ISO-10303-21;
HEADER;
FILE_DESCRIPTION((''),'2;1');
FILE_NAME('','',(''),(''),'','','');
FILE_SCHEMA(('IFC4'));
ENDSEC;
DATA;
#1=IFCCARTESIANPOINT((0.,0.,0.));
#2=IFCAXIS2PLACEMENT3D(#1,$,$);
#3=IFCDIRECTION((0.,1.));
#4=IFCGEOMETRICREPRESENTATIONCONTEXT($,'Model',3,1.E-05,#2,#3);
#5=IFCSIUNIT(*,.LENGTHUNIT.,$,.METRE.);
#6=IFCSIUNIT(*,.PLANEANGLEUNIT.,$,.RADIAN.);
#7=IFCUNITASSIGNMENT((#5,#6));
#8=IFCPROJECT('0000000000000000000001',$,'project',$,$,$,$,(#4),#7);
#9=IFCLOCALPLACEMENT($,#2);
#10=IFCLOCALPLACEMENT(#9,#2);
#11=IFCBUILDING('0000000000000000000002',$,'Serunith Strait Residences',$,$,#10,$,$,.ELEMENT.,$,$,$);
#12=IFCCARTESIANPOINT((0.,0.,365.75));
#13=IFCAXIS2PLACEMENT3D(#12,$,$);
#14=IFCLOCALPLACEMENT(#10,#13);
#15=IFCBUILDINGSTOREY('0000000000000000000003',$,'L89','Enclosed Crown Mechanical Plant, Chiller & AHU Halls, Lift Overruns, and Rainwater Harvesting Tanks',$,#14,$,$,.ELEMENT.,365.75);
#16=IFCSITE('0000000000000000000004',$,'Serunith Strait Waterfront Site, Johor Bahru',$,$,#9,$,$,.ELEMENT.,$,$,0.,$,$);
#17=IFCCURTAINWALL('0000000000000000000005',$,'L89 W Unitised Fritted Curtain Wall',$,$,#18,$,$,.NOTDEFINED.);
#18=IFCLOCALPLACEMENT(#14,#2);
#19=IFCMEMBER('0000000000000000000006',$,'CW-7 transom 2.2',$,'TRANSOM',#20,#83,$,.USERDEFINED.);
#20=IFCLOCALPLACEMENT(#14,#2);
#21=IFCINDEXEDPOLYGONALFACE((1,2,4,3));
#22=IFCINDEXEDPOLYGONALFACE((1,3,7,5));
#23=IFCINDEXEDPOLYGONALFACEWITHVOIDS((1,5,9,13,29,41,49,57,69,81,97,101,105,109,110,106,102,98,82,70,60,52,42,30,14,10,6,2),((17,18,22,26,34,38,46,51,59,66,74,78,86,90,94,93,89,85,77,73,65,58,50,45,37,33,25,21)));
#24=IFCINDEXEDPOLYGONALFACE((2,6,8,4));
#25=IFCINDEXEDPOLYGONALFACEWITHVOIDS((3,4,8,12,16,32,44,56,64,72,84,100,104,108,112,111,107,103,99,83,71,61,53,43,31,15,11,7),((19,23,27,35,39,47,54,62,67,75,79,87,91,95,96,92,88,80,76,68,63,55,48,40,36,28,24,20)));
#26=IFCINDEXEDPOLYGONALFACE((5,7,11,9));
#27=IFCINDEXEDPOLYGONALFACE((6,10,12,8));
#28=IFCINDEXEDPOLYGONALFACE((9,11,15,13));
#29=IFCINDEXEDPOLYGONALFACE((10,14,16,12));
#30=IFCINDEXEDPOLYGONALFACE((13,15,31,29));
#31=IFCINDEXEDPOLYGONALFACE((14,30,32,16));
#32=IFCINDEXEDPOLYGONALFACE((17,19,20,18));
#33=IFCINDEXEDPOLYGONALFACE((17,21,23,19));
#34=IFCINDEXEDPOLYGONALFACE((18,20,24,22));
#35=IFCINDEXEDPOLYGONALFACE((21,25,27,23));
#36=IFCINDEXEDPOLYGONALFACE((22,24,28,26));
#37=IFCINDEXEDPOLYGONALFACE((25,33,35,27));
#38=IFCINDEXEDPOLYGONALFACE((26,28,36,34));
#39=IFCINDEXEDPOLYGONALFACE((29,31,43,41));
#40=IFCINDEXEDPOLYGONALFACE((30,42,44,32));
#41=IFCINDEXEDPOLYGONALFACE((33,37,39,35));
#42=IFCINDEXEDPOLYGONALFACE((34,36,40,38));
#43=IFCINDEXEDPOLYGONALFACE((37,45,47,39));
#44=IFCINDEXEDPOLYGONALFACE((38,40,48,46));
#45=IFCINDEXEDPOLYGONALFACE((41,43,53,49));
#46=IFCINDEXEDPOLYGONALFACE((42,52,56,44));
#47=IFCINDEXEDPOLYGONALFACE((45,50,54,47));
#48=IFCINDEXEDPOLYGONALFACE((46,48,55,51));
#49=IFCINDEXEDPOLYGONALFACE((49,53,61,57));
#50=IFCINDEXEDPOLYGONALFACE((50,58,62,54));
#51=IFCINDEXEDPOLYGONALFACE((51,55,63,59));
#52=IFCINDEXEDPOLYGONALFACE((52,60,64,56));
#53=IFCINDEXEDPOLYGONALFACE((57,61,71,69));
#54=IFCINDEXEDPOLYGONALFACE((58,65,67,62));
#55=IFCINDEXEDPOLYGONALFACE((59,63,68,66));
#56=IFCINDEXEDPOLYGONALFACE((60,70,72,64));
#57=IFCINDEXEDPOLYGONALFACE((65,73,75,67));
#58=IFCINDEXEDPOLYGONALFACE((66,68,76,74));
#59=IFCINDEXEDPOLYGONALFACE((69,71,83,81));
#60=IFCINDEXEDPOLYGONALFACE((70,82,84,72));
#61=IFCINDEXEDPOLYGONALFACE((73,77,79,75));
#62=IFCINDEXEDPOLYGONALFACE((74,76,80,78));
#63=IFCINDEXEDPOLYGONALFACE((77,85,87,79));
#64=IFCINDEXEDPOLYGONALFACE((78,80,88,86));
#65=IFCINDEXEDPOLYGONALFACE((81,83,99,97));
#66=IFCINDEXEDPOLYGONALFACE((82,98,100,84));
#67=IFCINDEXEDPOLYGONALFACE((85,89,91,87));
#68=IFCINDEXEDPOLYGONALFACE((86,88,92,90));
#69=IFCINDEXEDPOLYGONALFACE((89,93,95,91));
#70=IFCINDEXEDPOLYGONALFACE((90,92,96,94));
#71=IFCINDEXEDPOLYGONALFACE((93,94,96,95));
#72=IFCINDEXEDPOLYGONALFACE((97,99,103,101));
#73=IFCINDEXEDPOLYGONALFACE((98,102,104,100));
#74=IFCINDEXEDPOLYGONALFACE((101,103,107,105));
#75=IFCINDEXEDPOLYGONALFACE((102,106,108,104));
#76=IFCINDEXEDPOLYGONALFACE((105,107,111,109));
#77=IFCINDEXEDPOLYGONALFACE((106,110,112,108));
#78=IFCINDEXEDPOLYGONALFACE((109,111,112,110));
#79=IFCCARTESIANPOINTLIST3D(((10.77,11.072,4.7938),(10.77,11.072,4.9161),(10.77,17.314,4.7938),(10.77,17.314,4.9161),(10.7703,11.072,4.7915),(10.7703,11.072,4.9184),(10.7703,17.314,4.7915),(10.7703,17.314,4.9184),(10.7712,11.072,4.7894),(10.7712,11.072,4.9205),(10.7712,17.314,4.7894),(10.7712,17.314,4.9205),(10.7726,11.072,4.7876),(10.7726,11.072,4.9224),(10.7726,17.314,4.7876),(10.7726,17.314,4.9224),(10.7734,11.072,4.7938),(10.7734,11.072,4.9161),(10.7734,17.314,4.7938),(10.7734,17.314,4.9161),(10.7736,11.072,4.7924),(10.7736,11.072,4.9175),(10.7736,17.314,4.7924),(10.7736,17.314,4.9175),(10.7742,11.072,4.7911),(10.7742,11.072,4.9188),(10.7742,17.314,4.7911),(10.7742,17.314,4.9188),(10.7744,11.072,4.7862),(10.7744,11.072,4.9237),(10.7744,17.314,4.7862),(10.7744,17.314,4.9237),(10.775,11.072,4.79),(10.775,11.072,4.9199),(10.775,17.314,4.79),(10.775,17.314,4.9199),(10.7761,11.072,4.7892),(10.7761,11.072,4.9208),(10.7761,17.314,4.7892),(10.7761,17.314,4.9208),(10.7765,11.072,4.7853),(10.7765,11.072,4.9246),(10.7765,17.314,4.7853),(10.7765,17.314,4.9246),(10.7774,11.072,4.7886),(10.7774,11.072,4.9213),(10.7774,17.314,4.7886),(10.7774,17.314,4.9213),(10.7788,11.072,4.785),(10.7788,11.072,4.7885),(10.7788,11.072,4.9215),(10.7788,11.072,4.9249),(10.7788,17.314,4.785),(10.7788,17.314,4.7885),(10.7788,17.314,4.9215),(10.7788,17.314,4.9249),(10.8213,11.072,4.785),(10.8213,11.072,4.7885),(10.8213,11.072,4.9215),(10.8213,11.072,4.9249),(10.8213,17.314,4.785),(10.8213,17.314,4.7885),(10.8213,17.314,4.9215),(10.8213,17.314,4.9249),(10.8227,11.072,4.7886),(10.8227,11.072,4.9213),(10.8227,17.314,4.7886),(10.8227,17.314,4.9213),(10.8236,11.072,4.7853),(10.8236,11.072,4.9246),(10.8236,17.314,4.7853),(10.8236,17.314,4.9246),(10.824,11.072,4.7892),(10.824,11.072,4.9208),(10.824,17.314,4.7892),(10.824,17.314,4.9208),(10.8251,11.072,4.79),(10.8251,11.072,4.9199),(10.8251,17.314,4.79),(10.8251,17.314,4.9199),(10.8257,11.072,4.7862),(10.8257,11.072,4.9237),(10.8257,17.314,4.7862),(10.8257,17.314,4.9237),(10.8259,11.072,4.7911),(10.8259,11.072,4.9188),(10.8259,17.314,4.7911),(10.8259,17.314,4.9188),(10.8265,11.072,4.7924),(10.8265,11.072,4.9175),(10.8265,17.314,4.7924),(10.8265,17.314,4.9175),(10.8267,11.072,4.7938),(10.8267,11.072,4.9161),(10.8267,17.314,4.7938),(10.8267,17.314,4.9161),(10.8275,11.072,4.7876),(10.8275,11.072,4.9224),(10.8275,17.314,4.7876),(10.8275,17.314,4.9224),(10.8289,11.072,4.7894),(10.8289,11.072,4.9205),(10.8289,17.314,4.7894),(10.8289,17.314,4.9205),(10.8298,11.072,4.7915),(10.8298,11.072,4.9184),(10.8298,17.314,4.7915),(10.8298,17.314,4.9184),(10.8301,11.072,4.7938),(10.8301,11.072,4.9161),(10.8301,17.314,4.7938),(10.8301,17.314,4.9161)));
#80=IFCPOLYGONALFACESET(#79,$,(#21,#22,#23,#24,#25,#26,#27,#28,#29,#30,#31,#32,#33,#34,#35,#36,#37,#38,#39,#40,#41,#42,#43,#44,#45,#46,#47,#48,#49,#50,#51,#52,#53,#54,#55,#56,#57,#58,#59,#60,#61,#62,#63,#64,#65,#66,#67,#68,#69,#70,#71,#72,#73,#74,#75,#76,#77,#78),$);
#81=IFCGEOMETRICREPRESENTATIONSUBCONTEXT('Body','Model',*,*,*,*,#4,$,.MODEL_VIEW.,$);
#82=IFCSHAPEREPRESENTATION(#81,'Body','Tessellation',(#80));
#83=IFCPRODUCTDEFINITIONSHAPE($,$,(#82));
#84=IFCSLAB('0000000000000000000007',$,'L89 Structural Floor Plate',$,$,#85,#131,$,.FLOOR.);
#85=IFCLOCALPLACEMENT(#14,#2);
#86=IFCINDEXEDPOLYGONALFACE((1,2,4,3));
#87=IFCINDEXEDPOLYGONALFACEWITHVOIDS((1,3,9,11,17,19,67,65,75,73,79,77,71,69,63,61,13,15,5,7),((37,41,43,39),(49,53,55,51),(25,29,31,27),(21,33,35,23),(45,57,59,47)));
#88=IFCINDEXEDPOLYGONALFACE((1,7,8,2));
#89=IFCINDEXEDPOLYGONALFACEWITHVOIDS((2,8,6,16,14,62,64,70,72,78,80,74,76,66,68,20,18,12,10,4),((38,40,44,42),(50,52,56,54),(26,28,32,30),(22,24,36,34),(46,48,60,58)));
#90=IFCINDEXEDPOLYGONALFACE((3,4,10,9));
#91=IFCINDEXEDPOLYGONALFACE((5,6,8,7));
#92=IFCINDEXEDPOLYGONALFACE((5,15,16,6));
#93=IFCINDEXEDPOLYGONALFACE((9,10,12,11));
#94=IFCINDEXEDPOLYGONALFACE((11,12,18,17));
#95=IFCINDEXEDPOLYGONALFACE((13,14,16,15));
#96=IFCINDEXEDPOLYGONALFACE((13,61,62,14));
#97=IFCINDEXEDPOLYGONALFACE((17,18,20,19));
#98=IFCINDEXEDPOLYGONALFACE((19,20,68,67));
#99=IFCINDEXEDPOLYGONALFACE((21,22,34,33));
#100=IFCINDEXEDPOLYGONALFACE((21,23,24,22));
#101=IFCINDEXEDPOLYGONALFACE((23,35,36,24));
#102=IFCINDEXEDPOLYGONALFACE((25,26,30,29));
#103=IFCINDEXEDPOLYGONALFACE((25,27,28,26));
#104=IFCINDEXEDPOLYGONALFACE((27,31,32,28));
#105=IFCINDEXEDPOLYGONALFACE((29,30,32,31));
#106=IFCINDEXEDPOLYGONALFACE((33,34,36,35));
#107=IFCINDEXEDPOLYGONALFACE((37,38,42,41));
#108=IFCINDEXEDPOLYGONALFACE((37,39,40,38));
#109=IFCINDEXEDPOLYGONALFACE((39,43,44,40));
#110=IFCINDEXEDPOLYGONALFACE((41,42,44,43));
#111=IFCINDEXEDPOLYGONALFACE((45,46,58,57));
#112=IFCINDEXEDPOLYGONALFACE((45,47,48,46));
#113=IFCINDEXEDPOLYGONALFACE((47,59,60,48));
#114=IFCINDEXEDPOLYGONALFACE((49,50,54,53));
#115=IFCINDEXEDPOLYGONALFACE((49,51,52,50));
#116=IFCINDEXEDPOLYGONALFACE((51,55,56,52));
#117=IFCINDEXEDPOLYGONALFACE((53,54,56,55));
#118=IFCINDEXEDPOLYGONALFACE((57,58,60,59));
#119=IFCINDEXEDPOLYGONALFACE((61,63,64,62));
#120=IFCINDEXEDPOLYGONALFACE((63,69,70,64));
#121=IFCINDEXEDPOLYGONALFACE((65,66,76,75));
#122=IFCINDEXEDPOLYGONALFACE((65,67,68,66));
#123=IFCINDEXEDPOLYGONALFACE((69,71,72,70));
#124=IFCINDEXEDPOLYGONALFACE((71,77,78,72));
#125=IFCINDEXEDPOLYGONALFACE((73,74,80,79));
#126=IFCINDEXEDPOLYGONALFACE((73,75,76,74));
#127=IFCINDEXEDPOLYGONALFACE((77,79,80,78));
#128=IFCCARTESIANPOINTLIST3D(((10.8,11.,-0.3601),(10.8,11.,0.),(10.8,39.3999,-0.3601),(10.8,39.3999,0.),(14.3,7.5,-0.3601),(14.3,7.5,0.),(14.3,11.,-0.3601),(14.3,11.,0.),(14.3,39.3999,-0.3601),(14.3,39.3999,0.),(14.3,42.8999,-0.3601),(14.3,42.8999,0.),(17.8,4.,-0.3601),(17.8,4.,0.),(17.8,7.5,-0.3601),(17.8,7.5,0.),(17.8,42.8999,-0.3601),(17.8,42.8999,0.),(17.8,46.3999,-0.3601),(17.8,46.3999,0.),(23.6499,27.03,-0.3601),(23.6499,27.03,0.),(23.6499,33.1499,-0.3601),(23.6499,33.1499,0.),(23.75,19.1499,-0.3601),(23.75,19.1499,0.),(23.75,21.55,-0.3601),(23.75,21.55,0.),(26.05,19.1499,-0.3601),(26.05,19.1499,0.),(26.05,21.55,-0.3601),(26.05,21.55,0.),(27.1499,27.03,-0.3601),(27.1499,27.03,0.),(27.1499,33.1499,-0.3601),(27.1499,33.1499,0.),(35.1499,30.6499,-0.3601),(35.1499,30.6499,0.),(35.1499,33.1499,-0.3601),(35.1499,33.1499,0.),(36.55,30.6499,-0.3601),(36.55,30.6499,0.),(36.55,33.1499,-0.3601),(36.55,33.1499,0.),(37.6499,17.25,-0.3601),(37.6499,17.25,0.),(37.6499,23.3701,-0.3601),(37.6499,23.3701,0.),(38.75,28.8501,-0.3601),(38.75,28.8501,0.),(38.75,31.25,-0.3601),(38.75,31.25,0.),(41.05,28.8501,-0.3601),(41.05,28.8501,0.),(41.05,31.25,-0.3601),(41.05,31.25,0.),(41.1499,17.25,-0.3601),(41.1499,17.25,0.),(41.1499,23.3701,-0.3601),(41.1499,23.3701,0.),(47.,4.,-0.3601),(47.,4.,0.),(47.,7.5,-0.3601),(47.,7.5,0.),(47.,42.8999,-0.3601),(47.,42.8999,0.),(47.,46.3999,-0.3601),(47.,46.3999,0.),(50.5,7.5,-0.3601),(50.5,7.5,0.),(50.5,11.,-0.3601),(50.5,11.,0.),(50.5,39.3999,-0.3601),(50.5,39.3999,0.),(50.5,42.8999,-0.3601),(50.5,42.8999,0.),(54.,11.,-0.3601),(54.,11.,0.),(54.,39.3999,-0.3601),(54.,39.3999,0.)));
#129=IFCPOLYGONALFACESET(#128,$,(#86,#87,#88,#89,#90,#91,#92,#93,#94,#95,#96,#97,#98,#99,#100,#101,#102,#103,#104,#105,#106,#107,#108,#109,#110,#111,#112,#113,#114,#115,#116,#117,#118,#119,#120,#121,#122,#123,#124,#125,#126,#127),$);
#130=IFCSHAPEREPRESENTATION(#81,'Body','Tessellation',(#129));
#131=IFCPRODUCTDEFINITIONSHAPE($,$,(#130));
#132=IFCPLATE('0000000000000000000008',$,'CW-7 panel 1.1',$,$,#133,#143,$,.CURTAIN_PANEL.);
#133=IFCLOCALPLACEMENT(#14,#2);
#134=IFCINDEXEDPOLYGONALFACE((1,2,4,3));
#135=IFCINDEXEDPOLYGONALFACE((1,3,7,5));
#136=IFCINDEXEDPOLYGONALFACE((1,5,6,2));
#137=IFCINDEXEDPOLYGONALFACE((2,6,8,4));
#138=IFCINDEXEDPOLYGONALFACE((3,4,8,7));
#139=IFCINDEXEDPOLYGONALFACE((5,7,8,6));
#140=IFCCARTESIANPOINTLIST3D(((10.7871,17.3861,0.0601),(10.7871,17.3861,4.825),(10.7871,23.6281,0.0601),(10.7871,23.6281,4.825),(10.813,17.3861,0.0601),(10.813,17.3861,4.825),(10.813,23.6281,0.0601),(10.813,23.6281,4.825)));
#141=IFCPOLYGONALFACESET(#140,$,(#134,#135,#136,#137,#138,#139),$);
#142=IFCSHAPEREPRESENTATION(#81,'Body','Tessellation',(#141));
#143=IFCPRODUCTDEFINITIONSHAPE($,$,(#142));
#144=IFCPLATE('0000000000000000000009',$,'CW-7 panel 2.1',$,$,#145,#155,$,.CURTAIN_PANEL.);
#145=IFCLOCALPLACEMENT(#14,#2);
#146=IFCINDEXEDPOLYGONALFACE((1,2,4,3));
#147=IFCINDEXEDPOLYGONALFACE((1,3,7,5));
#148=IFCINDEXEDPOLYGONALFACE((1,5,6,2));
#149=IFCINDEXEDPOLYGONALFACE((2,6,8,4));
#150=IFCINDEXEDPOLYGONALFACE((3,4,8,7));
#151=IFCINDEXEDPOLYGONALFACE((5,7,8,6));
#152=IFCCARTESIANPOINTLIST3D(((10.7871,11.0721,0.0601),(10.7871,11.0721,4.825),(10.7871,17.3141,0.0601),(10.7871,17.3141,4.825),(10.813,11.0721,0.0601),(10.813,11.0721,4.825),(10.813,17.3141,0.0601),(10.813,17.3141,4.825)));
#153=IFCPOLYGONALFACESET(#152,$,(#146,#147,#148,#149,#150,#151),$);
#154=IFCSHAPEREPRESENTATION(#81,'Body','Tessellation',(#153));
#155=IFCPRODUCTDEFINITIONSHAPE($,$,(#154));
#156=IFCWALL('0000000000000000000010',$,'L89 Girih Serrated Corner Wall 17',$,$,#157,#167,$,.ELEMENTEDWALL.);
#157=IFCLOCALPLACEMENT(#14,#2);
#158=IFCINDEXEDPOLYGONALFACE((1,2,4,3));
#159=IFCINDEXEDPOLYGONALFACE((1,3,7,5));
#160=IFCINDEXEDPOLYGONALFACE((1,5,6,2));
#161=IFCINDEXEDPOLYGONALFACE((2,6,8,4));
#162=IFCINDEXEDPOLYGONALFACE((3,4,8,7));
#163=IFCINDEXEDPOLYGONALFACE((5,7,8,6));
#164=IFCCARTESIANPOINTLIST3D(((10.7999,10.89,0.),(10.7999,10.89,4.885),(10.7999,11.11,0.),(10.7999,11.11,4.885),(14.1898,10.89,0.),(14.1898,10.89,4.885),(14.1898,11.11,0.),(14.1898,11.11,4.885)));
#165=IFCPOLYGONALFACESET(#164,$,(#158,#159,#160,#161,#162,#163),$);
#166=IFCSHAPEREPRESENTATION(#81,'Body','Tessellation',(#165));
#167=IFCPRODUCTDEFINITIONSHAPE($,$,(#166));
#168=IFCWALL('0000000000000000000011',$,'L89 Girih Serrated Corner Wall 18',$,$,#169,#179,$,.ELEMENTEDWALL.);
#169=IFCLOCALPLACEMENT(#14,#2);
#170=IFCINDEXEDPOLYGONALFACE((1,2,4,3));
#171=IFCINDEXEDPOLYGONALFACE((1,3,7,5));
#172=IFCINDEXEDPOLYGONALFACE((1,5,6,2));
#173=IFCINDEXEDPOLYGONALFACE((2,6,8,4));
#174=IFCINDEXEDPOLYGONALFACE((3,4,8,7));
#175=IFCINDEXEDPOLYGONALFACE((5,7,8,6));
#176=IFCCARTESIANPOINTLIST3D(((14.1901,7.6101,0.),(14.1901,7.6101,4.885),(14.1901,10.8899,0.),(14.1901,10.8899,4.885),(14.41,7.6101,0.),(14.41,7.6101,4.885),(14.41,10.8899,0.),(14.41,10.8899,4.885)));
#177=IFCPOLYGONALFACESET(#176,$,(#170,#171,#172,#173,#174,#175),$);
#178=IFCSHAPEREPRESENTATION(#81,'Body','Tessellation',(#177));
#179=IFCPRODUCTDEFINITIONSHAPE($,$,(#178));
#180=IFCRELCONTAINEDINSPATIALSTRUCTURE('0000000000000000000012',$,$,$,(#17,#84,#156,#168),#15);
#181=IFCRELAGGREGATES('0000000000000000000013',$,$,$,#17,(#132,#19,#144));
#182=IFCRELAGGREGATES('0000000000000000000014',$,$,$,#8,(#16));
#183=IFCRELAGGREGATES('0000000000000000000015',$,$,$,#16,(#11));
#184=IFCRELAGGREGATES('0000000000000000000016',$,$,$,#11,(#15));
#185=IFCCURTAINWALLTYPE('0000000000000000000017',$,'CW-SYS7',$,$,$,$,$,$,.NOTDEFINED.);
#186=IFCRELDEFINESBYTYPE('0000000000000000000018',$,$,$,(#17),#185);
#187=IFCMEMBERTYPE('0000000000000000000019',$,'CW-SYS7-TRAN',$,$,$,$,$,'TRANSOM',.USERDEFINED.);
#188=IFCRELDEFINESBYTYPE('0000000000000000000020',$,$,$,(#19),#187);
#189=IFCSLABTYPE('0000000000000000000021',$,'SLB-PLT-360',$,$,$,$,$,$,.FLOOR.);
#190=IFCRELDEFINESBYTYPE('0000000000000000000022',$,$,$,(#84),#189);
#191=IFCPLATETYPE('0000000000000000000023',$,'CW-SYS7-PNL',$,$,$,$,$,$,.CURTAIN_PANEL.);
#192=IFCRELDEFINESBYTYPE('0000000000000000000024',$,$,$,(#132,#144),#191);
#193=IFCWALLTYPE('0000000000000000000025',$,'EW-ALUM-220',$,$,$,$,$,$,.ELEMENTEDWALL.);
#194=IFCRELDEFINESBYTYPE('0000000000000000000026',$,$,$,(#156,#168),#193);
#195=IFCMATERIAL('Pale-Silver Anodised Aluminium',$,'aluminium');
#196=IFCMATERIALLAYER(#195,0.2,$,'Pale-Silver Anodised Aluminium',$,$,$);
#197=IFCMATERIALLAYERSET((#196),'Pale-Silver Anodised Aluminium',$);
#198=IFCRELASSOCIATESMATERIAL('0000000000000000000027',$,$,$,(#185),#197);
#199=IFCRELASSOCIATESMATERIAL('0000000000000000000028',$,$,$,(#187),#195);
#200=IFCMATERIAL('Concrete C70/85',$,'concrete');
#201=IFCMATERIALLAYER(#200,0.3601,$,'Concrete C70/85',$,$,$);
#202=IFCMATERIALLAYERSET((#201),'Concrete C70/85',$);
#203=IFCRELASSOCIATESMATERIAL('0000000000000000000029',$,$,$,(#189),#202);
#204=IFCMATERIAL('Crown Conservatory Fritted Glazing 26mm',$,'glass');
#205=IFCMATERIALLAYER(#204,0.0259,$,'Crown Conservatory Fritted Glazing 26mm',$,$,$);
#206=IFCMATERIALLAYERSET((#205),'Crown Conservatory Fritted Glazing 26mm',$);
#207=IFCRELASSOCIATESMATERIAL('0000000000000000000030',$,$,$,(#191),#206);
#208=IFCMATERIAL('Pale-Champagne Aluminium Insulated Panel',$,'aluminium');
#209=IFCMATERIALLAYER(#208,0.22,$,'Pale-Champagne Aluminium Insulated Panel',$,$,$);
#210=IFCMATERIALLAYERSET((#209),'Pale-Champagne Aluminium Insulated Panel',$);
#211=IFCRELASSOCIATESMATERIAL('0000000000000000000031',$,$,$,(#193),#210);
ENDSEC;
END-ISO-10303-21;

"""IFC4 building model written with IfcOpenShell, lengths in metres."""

from ifc_helpers import new_model, si_unit, direction, frame, frame_2d, origin, origin_2d, place, context, subcontext, project, spatial, polyline, rectangle, hollow_rectangle, outline, extrude, source, transform, mapped, material, layer, layer_set, material_profile, profile_set, type_object, element, aggregate, save


model = new_model("IFC4")

# Units and contexts
model_context = context("Model", 3, precision=1e-05, world=origin(), true_north=direction((0.0, 1.0)))
body_context = subcontext(model_context, "Body", "Model", "MODEL_VIEW")
ifc_project = project(units=[si_unit("LENGTHUNIT", "METRE"), si_unit("PLANEANGLEUNIT", "RADIAN")], contexts=[model_context])

# Site, building, storey
site_placement = place(None, origin())
site = spatial("IfcSite", under=ifc_project, at=site_placement, Name="Serunith Strait Waterfront Site, Johor Bahru", CompositionType="ELEMENT", RefElevation=0.0)
building_placement = place(site_placement, origin())
building = spatial("IfcBuilding", under=site, at=building_placement, Name="Serunith Strait Residences", CompositionType="ELEMENT")
storey_placement = place(building_placement, frame((0.0, 0.0, 365.75)))
storey = spatial("IfcBuildingStorey", under=building, at=storey_placement, Name="L89", Description="Enclosed Crown Mechanical Plant, Chiller & AHU Halls, Lift Overruns, and Rainwater Harvesting Tanks", CompositionType="ELEMENT", Elevation=365.75)

# Shared definitions
ifc_material_1 = material(Name="Pale-Silver Anodised Aluminium", Category="aluminium")
ifc_layer_1 = layer(ifc_material_1, 0.2, Name="Pale-Silver Anodised Aluminium")
ifc_layer_set_1 = layer_set([ifc_layer_1], Name="Pale-Silver Anodised Aluminium")
curtain_wall_type = type_object("IfcCurtainWallType", Name="CW-SYS7", PredefinedType="NOTDEFINED", material=ifc_layer_set_1)

# Curtain wall
curtain_wall_1_placement = place(storey_placement, origin())
curtain_wall_1 = element("IfcCurtainWall", 1, at=curtain_wall_1_placement, inside=storey, type_object=curtain_wall_type, Name="L89 W Unitised Fritted Curtain Wall", PredefinedType="NOTDEFINED")

# Member
ifc_material_profile_1 = material_profile(ifc_material_1, hollow_rectangle(XDim=0.0601, YDim=0.1399, WallThickness=0.0034, InnerFilletRadius=0.0054, OuterFilletRadius=0.0088, at=origin_2d()), Name="ALU 140x60x3.5")
ifc_profile_set_1 = profile_set([ifc_material_profile_1], Name="Pale-Silver Anodised Aluminium")
member_type_1 = type_object("IfcMemberType", Name="CW-SYS7-TRAN", ElementType="TRANSOM", PredefinedType="USERDEFINED", material=ifc_profile_set_1)
shared_shape_1 = source(origin(), body_context, "Body", "SweptSolid", [
    extrude(hollow_rectangle(XDim=0.0601, YDim=0.1399, WallThickness=0.0034, InnerFilletRadius=0.0054, OuterFilletRadius=0.0088, at=origin_2d()), origin(), (0.0, 0.0, 1.0), 6.2419),
])
member_1_placement = place(storey_placement, frame((10.8, 17.314, 4.855), z_axis=(0.0, -1.0, 0.0), x_axis=(1.0, 0.0, 0.0)))
member_1 = element("IfcMember", 2, at=member_1_placement, type_object=member_type_1, Name="CW-7 transom 2.2", ObjectType="TRANSOM", PredefinedType="USERDEFINED", context=body_context, shape_type="MappedRepresentation", body=[
    mapped(shared_shape_1, transform((0.0, 0.0, 0.0), scale=1.0)),
])

# Slab
ifc_material_2 = material(Name="Concrete C70/85", Category="concrete")
ifc_layer_2 = layer(ifc_material_2, 0.3601, Name="Concrete C70/85")
ifc_layer_set_2 = layer_set([ifc_layer_2], Name="Concrete C70/85")
slab_type = type_object("IfcSlabType", Name="SLB-PLT-360", PredefinedType="FLOOR", material=ifc_layer_set_2)
slab_placement = place(storey_placement, frame((0.0, 0.0, -0.3601)))
element("IfcSlab", 3, at=slab_placement, inside=storey, type_object=slab_type, Name="L89 Structural Floor Plate", PredefinedType="FLOOR", context=body_context, shape_type="SweptSolid", body=[
    extrude(outline(polyline([(17.8, 7.5), (14.3, 7.5), (14.3, 11.0), (10.8, 11.0), (10.8, 39.3999), (14.3, 39.3999), (14.3, 42.8999), (17.8, 42.8999), (17.8, 46.3999), (47.0, 46.3999), (47.0, 42.8999), (50.5, 42.8999), (50.5, 39.3999), (54.0, 39.3999), (54.0, 11.0), (50.5, 11.0), (50.5, 7.5), (47.0, 7.5), (47.0, 4.0), (17.8, 4.0), (17.8, 7.5)]), holes=[polyline([(41.1499, 23.3701), (37.6499, 23.3701), (37.6499, 17.25), (41.1499, 17.25), (41.1499, 23.3701)]), polyline([(38.75, 31.25), (38.75, 28.8501), (41.05, 28.8501), (41.05, 31.25), (38.75, 31.25)]), polyline([(36.55, 33.1499), (35.1499, 33.1499), (35.1499, 30.6499), (36.55, 30.6499), (36.55, 33.1499)]), polyline([(23.6499, 33.1499), (23.6499, 27.03), (27.1499, 27.03), (27.1499, 33.1499), (23.6499, 33.1499)]), polyline([(23.75, 21.55), (23.75, 19.1499), (26.05, 19.1499), (26.05, 21.55), (23.75, 21.55)])]), origin(), (0.0, 0.0, 1.0), 0.3601),
])

# Plates
ifc_material_3 = material(Name="Crown Conservatory Fritted Glazing 26mm", Category="glass")
ifc_layer_3 = layer(ifc_material_3, 0.0259, Name="Crown Conservatory Fritted Glazing 26mm")
ifc_layer_set_3 = layer_set([ifc_layer_3], Name="Crown Conservatory Fritted Glazing 26mm")
plate_type = type_object("IfcPlateType", Name="CW-SYS7-PNL", PredefinedType="CURTAIN_PANEL", material=ifc_layer_set_3)
shared_shape_2 = source(origin(), body_context, "Body", "SweptSolid", [
    extrude(rectangle(XDim=6.2419, YDim=0.0259, at=origin_2d()), origin(), (0.0, 0.0, 1.0), 4.7649),
])
plate_1_placement = place(storey_placement, frame((10.8, 20.5071, 0.0601), z_axis=(0.0, 0.0, 1.0), x_axis=(0.0, -1.0, 0.0)))
plate_1 = element("IfcPlate", 4, at=plate_1_placement, type_object=plate_type, Name="CW-7 panel 1.1", PredefinedType="CURTAIN_PANEL", context=body_context, shape_type="MappedRepresentation", body=[
    mapped(shared_shape_2, transform((0.0, 0.0, 0.0), scale=1.0)),
])
plate_2_placement = place(storey_placement, frame((10.8, 14.1931, 0.0601), z_axis=(0.0, 0.0, 1.0), x_axis=(0.0, -1.0, 0.0)))
plate_2 = element("IfcPlate", 5, at=plate_2_placement, type_object=plate_type, Name="CW-7 panel 2.1", PredefinedType="CURTAIN_PANEL", context=body_context, shape_type="MappedRepresentation", body=[
    mapped(shared_shape_2, transform((0.0, 0.0, 0.0), scale=1.0)),
])
aggregate(curtain_wall_1, [plate_1, member_1, plate_2])

# Walls
ifc_material_4 = material(Name="Pale-Champagne Aluminium Insulated Panel", Category="aluminium")
ifc_layer_4 = layer(ifc_material_4, 0.22, Name="Pale-Champagne Aluminium Insulated Panel")
ifc_layer_set_4 = layer_set([ifc_layer_4], Name="Pale-Champagne Aluminium Insulated Panel")
wall_type_1 = type_object("IfcWallType", Name="EW-ALUM-220", PredefinedType="ELEMENTEDWALL", material=ifc_layer_set_4)
wall_1_placement = place(storey_placement, frame((10.8, 11.0, 0.0), z_axis=(0.0, 0.0, 1.0), x_axis=(1.0, 0.0, 0.0)))
element("IfcWall", 6, at=wall_1_placement, inside=storey, type_object=wall_type_1, Name="L89 Girih Serrated Corner Wall 17", PredefinedType="ELEMENTEDWALL", context=body_context, shape_type="SweptSolid", body=[
    extrude(rectangle(XDim=3.3899, YDim=0.22, at=frame_2d((1.6948, 0.0))), origin(), (0.0, 0.0, 1.0), 4.885),
])
wall_2_placement = place(storey_placement, frame((14.3, 10.8899, 0.0), z_axis=(0.0, 0.0, 1.0), x_axis=(0.0, -1.0, 0.0)))
element("IfcWall", 7, at=wall_2_placement, inside=storey, type_object=wall_type_1, Name="L89 Girih Serrated Corner Wall 18", PredefinedType="ELEMENTEDWALL", context=body_context, shape_type="SweptSolid", body=[
    extrude(rectangle(XDim=3.2798, YDim=0.22, at=frame_2d((1.6399, 0.0))), origin(), (0.0, 0.0, 1.0), 4.885),
])

save(model, "model.ifc")
